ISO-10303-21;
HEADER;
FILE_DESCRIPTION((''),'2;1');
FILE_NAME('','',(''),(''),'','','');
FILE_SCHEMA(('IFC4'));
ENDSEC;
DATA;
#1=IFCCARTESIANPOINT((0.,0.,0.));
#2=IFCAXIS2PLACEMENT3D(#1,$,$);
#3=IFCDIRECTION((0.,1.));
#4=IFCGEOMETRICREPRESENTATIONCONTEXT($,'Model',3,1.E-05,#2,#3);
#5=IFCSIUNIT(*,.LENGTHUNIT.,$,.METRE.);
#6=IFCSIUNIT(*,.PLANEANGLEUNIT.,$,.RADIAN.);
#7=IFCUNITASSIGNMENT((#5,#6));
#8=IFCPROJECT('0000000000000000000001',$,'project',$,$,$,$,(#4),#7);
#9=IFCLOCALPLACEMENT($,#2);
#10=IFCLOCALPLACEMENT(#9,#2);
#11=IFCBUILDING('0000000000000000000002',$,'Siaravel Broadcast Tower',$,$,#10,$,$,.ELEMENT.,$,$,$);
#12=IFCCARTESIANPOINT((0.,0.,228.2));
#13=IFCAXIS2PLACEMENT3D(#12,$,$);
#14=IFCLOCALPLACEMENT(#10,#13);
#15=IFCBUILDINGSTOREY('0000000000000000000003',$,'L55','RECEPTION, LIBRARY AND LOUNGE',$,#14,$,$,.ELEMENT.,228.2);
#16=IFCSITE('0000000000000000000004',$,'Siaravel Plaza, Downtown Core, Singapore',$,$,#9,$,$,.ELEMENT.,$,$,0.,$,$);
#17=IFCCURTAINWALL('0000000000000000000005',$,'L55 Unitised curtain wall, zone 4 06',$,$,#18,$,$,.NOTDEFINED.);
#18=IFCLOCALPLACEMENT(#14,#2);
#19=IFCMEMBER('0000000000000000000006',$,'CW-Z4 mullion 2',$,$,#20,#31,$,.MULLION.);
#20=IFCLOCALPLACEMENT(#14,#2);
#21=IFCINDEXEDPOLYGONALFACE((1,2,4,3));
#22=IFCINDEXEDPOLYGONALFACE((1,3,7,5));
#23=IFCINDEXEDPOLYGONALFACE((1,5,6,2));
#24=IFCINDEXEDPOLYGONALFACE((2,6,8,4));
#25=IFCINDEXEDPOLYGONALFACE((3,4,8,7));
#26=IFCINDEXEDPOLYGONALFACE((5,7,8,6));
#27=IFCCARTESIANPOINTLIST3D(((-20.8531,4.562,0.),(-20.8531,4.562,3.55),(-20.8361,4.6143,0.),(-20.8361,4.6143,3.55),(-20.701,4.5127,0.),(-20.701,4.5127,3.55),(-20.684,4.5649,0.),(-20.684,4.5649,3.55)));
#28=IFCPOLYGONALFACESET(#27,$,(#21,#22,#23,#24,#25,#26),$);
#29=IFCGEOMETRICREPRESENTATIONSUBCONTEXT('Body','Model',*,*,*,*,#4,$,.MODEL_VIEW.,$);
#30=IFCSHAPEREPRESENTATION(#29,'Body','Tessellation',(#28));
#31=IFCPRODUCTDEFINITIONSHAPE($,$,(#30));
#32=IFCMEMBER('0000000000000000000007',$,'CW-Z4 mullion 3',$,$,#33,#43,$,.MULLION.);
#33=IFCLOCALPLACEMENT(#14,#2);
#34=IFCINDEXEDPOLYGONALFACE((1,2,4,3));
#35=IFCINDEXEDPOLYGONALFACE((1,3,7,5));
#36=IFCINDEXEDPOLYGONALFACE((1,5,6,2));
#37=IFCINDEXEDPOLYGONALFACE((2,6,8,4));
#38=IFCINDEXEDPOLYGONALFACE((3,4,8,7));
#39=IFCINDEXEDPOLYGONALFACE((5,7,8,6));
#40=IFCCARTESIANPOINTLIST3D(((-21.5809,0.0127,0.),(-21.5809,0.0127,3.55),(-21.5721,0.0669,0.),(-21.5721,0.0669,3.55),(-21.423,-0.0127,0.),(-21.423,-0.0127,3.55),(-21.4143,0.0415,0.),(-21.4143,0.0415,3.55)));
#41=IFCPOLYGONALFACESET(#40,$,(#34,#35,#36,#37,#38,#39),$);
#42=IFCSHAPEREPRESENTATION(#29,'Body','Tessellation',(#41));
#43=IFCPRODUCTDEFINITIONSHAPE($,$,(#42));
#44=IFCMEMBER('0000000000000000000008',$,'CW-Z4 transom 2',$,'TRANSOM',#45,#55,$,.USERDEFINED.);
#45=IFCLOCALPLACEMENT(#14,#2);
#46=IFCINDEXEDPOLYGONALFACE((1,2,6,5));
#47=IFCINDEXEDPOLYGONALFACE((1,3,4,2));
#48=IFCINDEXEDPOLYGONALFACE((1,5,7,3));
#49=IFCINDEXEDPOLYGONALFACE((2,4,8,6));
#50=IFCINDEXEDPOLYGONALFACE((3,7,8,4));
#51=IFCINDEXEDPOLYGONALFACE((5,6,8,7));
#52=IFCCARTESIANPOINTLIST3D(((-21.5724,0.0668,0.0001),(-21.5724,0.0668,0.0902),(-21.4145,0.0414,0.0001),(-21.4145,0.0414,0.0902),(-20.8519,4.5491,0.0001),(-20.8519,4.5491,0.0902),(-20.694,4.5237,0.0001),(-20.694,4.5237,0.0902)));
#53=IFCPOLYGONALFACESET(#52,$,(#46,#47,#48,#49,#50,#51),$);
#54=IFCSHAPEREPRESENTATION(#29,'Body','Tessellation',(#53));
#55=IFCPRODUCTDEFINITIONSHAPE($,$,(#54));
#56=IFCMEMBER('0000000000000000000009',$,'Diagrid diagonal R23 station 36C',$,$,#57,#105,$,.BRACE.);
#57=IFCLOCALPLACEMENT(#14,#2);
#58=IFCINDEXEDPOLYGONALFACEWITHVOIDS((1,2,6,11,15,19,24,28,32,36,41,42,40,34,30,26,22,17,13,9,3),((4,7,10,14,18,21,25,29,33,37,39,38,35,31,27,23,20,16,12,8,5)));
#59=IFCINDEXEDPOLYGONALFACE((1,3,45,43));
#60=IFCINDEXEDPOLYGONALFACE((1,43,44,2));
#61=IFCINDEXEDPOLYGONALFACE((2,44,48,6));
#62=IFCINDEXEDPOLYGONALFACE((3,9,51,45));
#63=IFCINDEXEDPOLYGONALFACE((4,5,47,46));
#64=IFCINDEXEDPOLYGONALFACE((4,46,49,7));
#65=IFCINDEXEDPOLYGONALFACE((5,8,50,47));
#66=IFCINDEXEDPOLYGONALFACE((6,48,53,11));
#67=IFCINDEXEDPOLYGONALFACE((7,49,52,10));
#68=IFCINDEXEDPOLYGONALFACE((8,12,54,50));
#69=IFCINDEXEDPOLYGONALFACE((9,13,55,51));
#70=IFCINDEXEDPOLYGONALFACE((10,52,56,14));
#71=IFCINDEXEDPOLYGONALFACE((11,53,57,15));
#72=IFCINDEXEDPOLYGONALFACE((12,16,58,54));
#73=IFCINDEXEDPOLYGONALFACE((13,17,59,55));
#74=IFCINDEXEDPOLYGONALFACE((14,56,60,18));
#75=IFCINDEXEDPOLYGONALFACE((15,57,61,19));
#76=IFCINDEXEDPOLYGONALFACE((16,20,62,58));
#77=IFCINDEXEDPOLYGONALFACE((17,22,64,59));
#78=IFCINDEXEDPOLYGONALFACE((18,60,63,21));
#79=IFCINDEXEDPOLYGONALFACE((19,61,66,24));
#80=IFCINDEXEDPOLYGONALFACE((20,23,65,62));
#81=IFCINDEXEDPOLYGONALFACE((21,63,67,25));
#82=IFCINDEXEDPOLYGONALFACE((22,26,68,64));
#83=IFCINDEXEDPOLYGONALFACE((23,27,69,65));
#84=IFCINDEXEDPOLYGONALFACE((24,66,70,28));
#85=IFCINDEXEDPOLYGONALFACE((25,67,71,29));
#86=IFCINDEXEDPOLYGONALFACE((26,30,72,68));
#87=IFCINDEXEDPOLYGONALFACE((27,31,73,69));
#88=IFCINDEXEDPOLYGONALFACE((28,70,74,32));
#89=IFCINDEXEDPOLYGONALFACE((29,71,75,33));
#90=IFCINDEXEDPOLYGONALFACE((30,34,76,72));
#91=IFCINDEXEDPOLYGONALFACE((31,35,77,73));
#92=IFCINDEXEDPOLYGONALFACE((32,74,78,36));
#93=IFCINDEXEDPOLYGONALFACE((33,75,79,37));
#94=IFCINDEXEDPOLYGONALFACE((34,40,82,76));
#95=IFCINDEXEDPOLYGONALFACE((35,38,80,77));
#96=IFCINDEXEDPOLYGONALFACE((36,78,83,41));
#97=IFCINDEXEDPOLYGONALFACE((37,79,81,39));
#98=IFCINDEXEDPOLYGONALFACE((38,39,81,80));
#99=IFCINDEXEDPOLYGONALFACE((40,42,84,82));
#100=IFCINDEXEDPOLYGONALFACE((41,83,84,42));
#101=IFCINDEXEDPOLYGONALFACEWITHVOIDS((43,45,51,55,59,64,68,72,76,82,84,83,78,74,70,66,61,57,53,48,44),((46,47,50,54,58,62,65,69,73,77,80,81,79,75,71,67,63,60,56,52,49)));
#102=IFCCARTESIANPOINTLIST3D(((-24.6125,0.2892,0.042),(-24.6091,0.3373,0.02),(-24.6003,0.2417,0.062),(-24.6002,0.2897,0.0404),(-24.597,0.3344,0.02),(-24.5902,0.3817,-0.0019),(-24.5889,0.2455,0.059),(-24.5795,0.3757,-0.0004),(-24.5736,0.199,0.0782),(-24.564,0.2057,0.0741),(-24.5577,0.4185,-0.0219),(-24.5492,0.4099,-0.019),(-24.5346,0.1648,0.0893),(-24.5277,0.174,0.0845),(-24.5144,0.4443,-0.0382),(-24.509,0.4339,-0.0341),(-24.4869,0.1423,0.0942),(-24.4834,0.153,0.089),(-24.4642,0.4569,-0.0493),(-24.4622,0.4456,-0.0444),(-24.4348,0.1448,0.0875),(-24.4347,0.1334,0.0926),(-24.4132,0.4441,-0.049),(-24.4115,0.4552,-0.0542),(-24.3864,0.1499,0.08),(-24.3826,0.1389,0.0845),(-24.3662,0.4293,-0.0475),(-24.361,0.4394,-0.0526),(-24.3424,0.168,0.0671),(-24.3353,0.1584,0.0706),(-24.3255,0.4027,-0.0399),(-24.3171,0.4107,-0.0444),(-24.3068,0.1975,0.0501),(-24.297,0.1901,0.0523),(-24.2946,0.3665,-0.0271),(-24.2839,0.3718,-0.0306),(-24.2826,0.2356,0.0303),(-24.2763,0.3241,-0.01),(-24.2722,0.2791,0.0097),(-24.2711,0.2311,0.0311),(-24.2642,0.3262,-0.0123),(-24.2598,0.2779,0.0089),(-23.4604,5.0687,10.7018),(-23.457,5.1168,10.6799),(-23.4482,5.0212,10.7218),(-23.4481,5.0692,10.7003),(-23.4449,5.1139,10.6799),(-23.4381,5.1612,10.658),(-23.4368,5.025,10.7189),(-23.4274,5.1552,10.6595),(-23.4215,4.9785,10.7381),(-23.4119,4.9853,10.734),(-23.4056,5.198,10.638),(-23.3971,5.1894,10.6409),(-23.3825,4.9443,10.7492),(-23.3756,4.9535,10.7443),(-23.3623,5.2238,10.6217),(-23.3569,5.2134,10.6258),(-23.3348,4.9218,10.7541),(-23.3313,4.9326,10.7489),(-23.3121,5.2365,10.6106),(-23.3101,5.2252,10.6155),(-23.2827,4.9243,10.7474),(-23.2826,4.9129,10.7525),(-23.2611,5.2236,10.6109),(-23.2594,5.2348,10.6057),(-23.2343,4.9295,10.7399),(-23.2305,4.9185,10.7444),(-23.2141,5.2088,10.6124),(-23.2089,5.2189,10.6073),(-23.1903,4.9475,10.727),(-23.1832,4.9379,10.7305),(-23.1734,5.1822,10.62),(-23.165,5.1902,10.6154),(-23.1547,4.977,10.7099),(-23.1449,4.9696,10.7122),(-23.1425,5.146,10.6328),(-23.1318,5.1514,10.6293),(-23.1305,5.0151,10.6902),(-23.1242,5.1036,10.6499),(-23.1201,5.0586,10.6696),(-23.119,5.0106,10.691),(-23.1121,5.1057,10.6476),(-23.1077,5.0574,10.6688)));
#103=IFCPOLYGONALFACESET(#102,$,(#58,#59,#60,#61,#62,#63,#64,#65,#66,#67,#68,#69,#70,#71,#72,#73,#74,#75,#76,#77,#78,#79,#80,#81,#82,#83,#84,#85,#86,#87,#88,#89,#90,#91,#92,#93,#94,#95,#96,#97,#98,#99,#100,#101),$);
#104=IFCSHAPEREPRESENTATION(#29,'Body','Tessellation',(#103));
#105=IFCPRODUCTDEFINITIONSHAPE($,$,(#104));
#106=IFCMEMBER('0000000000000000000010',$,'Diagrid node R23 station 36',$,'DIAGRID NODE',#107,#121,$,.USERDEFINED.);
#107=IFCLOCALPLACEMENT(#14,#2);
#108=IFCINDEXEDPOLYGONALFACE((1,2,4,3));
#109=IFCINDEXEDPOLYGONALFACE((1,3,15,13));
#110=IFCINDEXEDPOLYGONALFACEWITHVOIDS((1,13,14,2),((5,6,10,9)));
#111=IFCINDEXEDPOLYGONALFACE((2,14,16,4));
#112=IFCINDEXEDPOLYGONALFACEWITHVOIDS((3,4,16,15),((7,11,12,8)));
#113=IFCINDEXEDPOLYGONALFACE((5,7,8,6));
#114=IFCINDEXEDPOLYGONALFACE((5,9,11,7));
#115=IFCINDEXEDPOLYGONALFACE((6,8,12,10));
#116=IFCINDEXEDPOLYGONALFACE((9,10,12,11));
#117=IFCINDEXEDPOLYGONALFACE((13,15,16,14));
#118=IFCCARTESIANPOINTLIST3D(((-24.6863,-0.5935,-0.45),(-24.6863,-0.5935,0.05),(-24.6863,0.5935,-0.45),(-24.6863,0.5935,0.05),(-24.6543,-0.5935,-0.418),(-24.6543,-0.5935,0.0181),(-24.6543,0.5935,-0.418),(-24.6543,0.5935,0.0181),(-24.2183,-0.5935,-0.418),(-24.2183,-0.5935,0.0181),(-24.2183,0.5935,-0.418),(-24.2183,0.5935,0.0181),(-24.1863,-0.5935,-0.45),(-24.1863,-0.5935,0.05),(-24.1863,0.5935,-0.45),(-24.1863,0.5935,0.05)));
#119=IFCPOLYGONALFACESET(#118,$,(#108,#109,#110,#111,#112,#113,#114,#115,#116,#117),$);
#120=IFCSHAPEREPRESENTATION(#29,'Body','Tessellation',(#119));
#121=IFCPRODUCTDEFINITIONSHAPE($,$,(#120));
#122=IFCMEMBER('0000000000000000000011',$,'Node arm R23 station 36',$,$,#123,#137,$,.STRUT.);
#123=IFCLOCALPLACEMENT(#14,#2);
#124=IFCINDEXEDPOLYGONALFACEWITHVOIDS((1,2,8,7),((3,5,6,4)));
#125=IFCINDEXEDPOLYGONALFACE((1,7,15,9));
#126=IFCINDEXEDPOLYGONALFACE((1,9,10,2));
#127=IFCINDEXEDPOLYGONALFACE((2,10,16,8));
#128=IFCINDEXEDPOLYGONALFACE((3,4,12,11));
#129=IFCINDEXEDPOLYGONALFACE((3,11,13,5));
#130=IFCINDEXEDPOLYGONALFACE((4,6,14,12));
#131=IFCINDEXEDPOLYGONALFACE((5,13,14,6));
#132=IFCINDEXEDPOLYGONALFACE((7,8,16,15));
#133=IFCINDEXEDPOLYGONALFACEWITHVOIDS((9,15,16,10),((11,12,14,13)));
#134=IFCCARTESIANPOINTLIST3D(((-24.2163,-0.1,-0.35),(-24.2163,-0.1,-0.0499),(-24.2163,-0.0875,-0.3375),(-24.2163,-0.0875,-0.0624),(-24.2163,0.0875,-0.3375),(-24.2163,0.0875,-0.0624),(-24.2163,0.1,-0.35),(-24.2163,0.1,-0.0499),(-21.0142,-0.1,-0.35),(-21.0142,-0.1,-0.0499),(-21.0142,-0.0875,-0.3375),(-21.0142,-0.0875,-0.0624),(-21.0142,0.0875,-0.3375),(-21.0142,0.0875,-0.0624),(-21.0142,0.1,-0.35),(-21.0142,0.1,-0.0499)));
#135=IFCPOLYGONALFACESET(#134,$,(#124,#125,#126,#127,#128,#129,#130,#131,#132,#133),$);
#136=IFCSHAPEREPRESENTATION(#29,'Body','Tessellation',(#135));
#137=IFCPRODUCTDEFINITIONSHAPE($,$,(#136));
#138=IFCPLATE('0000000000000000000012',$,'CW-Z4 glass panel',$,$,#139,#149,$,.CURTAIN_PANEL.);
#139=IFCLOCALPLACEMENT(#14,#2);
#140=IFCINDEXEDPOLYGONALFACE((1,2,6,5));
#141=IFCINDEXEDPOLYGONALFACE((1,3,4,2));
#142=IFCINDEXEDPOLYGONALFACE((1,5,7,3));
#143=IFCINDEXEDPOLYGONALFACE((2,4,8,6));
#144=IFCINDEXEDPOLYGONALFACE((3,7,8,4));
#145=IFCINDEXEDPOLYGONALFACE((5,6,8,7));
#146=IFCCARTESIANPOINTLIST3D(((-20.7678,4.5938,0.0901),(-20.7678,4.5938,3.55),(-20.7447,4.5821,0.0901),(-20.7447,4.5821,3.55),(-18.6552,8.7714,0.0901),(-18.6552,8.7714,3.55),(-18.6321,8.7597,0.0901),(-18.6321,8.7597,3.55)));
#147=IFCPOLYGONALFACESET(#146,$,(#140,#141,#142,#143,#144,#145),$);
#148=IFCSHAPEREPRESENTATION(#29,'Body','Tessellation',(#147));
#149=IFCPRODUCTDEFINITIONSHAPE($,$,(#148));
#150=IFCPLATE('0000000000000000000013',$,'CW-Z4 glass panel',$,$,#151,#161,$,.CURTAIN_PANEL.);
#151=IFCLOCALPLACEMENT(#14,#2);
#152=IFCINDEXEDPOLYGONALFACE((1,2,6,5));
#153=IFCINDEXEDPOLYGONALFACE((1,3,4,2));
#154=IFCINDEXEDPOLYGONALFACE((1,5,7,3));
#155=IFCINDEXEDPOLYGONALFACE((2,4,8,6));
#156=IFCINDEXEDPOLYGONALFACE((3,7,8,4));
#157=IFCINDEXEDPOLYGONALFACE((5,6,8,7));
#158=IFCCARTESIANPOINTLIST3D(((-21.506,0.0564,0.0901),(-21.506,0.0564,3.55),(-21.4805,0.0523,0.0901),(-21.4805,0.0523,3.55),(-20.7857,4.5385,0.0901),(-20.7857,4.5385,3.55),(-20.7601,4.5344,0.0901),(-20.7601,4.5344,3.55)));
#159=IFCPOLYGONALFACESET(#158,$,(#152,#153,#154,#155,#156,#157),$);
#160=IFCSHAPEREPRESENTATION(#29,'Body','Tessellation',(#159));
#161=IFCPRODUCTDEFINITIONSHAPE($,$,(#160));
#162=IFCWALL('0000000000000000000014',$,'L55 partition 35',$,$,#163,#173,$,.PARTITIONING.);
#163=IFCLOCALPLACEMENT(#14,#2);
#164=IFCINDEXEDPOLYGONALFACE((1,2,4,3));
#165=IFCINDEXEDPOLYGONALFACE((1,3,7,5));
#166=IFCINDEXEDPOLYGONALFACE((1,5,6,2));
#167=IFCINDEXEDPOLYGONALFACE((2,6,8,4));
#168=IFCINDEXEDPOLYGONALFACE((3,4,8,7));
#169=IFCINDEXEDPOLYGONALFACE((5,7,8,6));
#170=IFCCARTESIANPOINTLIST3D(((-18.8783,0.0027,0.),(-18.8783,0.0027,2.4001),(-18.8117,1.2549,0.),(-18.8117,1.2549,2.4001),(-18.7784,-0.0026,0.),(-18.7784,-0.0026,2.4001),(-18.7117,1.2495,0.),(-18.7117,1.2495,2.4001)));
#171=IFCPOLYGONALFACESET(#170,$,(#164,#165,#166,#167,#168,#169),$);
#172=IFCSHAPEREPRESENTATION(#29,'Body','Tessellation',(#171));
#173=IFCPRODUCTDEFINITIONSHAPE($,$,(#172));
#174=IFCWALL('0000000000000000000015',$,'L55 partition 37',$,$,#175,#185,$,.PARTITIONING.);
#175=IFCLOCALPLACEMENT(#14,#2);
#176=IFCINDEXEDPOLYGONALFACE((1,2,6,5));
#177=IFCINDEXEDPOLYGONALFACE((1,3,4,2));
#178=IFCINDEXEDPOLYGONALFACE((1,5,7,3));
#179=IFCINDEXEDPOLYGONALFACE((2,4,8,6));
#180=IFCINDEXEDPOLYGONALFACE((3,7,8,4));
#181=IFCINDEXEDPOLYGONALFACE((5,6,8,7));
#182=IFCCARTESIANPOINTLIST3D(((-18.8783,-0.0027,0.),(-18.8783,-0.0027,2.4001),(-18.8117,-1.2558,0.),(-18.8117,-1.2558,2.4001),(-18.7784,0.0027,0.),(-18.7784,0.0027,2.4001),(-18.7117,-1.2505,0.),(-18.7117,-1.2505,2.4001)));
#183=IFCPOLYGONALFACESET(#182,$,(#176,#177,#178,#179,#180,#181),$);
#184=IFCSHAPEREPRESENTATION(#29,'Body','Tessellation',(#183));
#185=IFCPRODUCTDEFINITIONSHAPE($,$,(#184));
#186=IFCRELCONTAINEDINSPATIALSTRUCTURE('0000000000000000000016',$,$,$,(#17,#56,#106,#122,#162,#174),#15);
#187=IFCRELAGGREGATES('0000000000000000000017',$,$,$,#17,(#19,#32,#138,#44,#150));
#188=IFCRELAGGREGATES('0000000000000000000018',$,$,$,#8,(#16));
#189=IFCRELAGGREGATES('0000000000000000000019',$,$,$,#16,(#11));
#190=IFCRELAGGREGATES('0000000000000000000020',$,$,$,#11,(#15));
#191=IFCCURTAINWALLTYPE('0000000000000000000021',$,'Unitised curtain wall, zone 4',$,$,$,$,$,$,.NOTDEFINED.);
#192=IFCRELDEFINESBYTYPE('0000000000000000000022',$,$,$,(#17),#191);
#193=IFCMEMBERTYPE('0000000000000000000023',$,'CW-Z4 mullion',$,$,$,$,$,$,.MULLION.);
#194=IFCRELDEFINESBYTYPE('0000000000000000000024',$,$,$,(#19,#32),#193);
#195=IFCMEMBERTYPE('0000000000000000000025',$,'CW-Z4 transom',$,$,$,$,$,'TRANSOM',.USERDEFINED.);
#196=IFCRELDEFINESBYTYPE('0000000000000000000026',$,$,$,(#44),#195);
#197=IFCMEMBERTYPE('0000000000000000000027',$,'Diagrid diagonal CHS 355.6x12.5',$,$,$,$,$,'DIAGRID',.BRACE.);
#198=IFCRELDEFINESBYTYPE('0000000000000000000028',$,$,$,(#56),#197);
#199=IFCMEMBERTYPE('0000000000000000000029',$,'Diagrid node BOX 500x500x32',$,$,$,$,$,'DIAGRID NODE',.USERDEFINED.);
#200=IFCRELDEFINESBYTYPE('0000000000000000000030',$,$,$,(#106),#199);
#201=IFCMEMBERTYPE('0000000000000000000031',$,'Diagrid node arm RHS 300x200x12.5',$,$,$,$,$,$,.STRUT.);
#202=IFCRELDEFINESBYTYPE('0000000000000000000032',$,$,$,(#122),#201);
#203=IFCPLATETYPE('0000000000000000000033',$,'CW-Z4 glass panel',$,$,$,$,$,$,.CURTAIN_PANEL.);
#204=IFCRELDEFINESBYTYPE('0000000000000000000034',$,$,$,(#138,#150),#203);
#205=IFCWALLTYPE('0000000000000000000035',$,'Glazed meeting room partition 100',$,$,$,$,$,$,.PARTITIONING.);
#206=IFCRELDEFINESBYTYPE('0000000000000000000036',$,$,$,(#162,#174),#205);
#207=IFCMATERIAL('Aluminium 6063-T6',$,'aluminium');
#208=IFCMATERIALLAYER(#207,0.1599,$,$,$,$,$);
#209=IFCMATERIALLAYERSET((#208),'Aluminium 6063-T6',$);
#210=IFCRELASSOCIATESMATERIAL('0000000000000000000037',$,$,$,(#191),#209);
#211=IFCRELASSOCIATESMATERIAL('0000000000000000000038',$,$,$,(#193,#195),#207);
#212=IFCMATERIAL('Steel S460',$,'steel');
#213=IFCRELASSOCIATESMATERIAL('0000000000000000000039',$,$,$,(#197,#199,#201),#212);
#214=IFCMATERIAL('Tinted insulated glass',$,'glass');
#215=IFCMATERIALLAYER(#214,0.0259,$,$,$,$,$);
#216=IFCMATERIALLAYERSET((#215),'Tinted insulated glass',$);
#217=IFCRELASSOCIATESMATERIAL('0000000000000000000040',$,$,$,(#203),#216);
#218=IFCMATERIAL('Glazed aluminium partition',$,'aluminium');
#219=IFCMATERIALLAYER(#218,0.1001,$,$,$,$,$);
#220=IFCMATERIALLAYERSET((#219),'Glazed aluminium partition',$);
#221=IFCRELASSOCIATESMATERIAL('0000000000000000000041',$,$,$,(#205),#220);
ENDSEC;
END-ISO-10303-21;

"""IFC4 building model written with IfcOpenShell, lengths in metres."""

from ifc_helpers import new_model, si_unit, direction, frame, frame_2d, origin, origin_2d, place, context, subcontext, project, spatial, rectangle, hollow_rectangle, hollow_circle, extrude, material, layer, layer_set, material_profile, profile_set, type_object, element, aggregate, save


model = new_model("IFC4")

# Units and contexts
model_context = context("Model", 3, precision=1e-05, world=origin(), true_north=direction((0.0, 1.0)))
body_context = subcontext(model_context, "Body", "Model", "MODEL_VIEW")
ifc_project = project(units=[si_unit("LENGTHUNIT", "METRE"), si_unit("PLANEANGLEUNIT", "RADIAN")], contexts=[model_context])

# Site, building, storey
site_placement = place(None, origin())
site = spatial("IfcSite", under=ifc_project, at=site_placement, Name="Siaravel Plaza, Downtown Core, Singapore", CompositionType="ELEMENT", RefElevation=0.0)
building_placement = place(site_placement, origin())
building = spatial("IfcBuilding", under=site, at=building_placement, Name="Siaravel Broadcast Tower", CompositionType="ELEMENT")
storey_placement = place(building_placement, frame((0.0, 0.0, 228.2)))
storey = spatial("IfcBuildingStorey", under=building, at=storey_placement, Name="L55", Description="RECEPTION, LIBRARY AND LOUNGE", CompositionType="ELEMENT", Elevation=228.2)

# Curtain wall, members
ifc_material_1 = material(Name="Aluminium 6063-T6", Category="aluminium")
ifc_layer_1 = layer(ifc_material_1, 0.1599)
ifc_layer_set_1 = layer_set([ifc_layer_1], Name="Aluminium 6063-T6")
curtain_wall_type = type_object("IfcCurtainWallType", Name="Unitised curtain wall, zone 4", PredefinedType="NOTDEFINED", material=ifc_layer_set_1)
curtain_wall_placement = place(storey_placement, origin())
curtain_wall = element("IfcCurtainWall", 1, at=curtain_wall_placement, inside=storey, type_object=curtain_wall_type, Name="L55 Unitised curtain wall, zone 4 06", PredefinedType="NOTDEFINED")
ifc_material_profile_1 = material_profile(ifc_material_1, rectangle(XDim=0.1599, YDim=0.0549, at=origin_2d()))
ifc_profile_set_1 = profile_set([ifc_material_profile_1], Name="Aluminium 6063-T6")
member_type_1 = type_object("IfcMemberType", Name="CW-Z4 mullion", PredefinedType="MULLION", material=ifc_profile_set_1)
member_1_placement = place(storey_placement, frame((-20.7686, 4.5635, 0.0), z_axis=(0.0, 0.0, 1.0), x_axis=(0.951178, -0.308644, 0.0)))
member_1 = element("IfcMember", 2, at=member_1_placement, type_object=member_type_1, Name="CW-Z4 mullion 2", PredefinedType="MULLION", context=body_context, shape_type="SweptSolid", body=[
    extrude(rectangle(XDim=0.1599, YDim=0.0549, at=origin_2d()), origin(), (0.0, 0.0, 1.0), 3.55),
])
member_2_placement = place(storey_placement, frame((-21.4976, 0.0271, 0.0), z_axis=(0.0, 0.0, 1.0), x_axis=(0.987329, -0.158685, 0.0)))
member_2 = element("IfcMember", 3, at=member_2_placement, type_object=member_type_1, Name="CW-Z4 mullion 3", PredefinedType="MULLION", context=body_context, shape_type="SweptSolid", body=[
    extrude(rectangle(XDim=0.1599, YDim=0.0549, at=origin_2d()), origin(), (0.0, 0.0, 1.0), 3.55),
])
ifc_material_profile_2 = material_profile(ifc_material_1, rectangle(XDim=0.1599, YDim=0.0901, at=origin_2d()))
ifc_profile_set_2 = profile_set([ifc_material_profile_2], Name="Aluminium 6063-T6")
member_type_2 = type_object("IfcMemberType", Name="CW-Z4 transom", ElementType="TRANSOM", PredefinedType="USERDEFINED", material=ifc_profile_set_2)
member_3_placement = place(storey_placement, frame((-20.7729, 4.5364, 0.0452), z_axis=(-0.158701, -0.987327, 0.0), x_axis=(0.987327, -0.158701, 0.0)))
member_3 = element("IfcMember", 4, at=member_3_placement, type_object=member_type_2, Name="CW-Z4 transom 2", ObjectType="TRANSOM", PredefinedType="USERDEFINED", context=body_context, shape_type="SweptSolid", body=[
    extrude(rectangle(XDim=0.1599, YDim=0.0901, at=origin_2d()), origin(), (0.0, 0.0, 1.0), 4.5398),
])

# Members
ifc_material_2 = material(Name="Steel S460", Category="steel")
ifc_material_profile_3 = material_profile(ifc_material_2, hollow_circle(Radius=0.1777, WallThickness=0.0125, at=origin_2d()))
ifc_profile_set_3 = profile_set([ifc_material_profile_3], Name="Steel S460")
member_type_3 = type_object("IfcMemberType", Name="Diagrid diagonal CHS 355.6x12.5", ElementType="DIAGRID", PredefinedType="BRACE", material=ifc_profile_set_3)
member_4_placement = place(storey_placement, frame((-24.4363, 0.2957, 0.02), z_axis=(0.098143, 0.407149, 0.908074), x_axis=(-0.972156, 0.234336, 0.0)))
element("IfcMember", 5, at=member_4_placement, inside=storey, type_object=member_type_3, Name="Diagrid diagonal R23 station 36C", PredefinedType="BRACE", context=body_context, shape_type="SweptSolid", body=[
    extrude(hollow_circle(Radius=0.1777, WallThickness=0.0125, at=origin_2d()), origin(), (0.0, 0.0, 1.0), 11.739),
])
ifc_material_profile_4 = material_profile(ifc_material_2, hollow_rectangle(XDim=0.5, YDim=0.5, WallThickness=0.032, at=origin_2d()))
ifc_profile_set_4 = profile_set([ifc_material_profile_4], Name="Steel S460")
member_type_4 = type_object("IfcMemberType", Name="Diagrid node BOX 500x500x32", ElementType="DIAGRID NODE", PredefinedType="USERDEFINED", material=ifc_profile_set_4)
member_5_placement = place(storey_placement, frame((-24.4363, 0.5935, -0.2), z_axis=(0.0, -1.0, 0.0), x_axis=(1.0, 0.0, 0.0)))
element("IfcMember", 6, at=member_5_placement, inside=storey, type_object=member_type_4, Name="Diagrid node R23 station 36", ObjectType="DIAGRID NODE", PredefinedType="USERDEFINED", context=body_context, shape_type="SweptSolid", body=[
    extrude(hollow_rectangle(XDim=0.5, YDim=0.5, WallThickness=0.032, at=origin_2d()), origin(), (0.0, 0.0, 1.0), 1.187),
])
ifc_material_profile_5 = material_profile(ifc_material_2, hollow_rectangle(XDim=0.2, YDim=0.3, WallThickness=0.0125, at=origin_2d()))
ifc_profile_set_5 = profile_set([ifc_material_profile_5], Name="Steel S460")
member_type_5 = type_object("IfcMemberType", Name="Diagrid node arm RHS 300x200x12.5", PredefinedType="STRUT", material=ifc_profile_set_5)
member_6_placement = place(storey_placement, frame((-21.0142, 0.0, -0.2), z_axis=(-1.0, 0.0, 0.0), x_axis=(0.0, -1.0, 0.0)))
element("IfcMember", 7, at=member_6_placement, inside=storey, type_object=member_type_5, Name="Node arm R23 station 36", PredefinedType="STRUT", context=body_context, shape_type="SweptSolid", body=[
    extrude(hollow_rectangle(XDim=0.2, YDim=0.3, WallThickness=0.0125, at=origin_2d()), origin(), (0.0, 0.0, 1.0), 3.2021),
])

# Plates
ifc_material_3 = material(Name="Tinted insulated glass", Category="glass")
ifc_layer_2 = layer(ifc_material_3, 0.0259)
ifc_layer_set_2 = layer_set([ifc_layer_2], Name="Tinted insulated glass")
plate_type = type_object("IfcPlateType", Name="CW-Z4 glass panel", PredefinedType="CURTAIN_PANEL", material=ifc_layer_set_2)
plate_1_placement = place(storey_placement, frame((-19.7, 6.6768, 0.0901), z_axis=(0.0, 0.0, 1.0), x_axis=(-0.451259, -0.892393, 0.0)))
plate_1 = element("IfcPlate", 8, at=plate_1_placement, type_object=plate_type, Name="CW-Z4 glass panel", PredefinedType="CURTAIN_PANEL", context=body_context, shape_type="SweptSolid", body=[
    extrude(rectangle(XDim=4.6814, YDim=0.0259, at=origin_2d()), origin(), (0.0, 0.0, 1.0), 3.46),
])
plate_2_placement = place(storey_placement, frame((-21.1331, 2.2954, 0.0901), z_axis=(0.0, 0.0, 1.0), x_axis=(-0.158685, -0.987329, 0.0)))
plate_2 = element("IfcPlate", 9, at=plate_2_placement, type_object=plate_type, Name="CW-Z4 glass panel", PredefinedType="CURTAIN_PANEL", context=body_context, shape_type="SweptSolid", body=[
    extrude(rectangle(XDim=4.5396, YDim=0.0259, at=origin_2d()), origin(), (0.0, 0.0, 1.0), 3.46),
])
aggregate(curtain_wall, [member_1, member_2, plate_1, member_3, plate_2])

# Walls
ifc_material_4 = material(Name="Glazed aluminium partition", Category="aluminium")
ifc_layer_3 = layer(ifc_material_4, 0.1001)
ifc_layer_set_3 = layer_set([ifc_layer_3], Name="Glazed aluminium partition")
wall_type_1 = type_object("IfcWallType", Name="Glazed meeting room partition 100", PredefinedType="PARTITIONING", material=ifc_layer_set_3)
wall_1_placement = place(storey_placement, frame((-18.7617, 1.2522, 0.0), z_axis=(0.0, 0.0, 1.0), x_axis=(-0.053152, -0.998586, 0.0)))
element("IfcWall", 10, at=wall_1_placement, inside=storey, type_object=wall_type_1, Name="L55 partition 35", PredefinedType="PARTITIONING", context=body_context, shape_type="SweptSolid", body=[
    extrude(rectangle(XDim=1.2539, YDim=0.1001, at=frame_2d((0.627, 0.0))), origin(), (0.0, 0.0, 1.0), 2.4001),
])
wall_2_placement = place(storey_placement, frame((-18.8284, 0.0, 0.0), z_axis=(0.0, 0.0, 1.0), x_axis=(0.05311, -0.998589, 0.0)))
element("IfcWall", 11, at=wall_2_placement, inside=storey, type_object=wall_type_1, Name="L55 partition 37", PredefinedType="PARTITIONING", context=body_context, shape_type="SweptSolid", body=[
    extrude(rectangle(XDim=1.2549, YDim=0.1001, at=frame_2d((0.6274, 0.0))), origin(), (0.0, 0.0, 1.0), 2.4001),
])

save(model, "model.ifc")
